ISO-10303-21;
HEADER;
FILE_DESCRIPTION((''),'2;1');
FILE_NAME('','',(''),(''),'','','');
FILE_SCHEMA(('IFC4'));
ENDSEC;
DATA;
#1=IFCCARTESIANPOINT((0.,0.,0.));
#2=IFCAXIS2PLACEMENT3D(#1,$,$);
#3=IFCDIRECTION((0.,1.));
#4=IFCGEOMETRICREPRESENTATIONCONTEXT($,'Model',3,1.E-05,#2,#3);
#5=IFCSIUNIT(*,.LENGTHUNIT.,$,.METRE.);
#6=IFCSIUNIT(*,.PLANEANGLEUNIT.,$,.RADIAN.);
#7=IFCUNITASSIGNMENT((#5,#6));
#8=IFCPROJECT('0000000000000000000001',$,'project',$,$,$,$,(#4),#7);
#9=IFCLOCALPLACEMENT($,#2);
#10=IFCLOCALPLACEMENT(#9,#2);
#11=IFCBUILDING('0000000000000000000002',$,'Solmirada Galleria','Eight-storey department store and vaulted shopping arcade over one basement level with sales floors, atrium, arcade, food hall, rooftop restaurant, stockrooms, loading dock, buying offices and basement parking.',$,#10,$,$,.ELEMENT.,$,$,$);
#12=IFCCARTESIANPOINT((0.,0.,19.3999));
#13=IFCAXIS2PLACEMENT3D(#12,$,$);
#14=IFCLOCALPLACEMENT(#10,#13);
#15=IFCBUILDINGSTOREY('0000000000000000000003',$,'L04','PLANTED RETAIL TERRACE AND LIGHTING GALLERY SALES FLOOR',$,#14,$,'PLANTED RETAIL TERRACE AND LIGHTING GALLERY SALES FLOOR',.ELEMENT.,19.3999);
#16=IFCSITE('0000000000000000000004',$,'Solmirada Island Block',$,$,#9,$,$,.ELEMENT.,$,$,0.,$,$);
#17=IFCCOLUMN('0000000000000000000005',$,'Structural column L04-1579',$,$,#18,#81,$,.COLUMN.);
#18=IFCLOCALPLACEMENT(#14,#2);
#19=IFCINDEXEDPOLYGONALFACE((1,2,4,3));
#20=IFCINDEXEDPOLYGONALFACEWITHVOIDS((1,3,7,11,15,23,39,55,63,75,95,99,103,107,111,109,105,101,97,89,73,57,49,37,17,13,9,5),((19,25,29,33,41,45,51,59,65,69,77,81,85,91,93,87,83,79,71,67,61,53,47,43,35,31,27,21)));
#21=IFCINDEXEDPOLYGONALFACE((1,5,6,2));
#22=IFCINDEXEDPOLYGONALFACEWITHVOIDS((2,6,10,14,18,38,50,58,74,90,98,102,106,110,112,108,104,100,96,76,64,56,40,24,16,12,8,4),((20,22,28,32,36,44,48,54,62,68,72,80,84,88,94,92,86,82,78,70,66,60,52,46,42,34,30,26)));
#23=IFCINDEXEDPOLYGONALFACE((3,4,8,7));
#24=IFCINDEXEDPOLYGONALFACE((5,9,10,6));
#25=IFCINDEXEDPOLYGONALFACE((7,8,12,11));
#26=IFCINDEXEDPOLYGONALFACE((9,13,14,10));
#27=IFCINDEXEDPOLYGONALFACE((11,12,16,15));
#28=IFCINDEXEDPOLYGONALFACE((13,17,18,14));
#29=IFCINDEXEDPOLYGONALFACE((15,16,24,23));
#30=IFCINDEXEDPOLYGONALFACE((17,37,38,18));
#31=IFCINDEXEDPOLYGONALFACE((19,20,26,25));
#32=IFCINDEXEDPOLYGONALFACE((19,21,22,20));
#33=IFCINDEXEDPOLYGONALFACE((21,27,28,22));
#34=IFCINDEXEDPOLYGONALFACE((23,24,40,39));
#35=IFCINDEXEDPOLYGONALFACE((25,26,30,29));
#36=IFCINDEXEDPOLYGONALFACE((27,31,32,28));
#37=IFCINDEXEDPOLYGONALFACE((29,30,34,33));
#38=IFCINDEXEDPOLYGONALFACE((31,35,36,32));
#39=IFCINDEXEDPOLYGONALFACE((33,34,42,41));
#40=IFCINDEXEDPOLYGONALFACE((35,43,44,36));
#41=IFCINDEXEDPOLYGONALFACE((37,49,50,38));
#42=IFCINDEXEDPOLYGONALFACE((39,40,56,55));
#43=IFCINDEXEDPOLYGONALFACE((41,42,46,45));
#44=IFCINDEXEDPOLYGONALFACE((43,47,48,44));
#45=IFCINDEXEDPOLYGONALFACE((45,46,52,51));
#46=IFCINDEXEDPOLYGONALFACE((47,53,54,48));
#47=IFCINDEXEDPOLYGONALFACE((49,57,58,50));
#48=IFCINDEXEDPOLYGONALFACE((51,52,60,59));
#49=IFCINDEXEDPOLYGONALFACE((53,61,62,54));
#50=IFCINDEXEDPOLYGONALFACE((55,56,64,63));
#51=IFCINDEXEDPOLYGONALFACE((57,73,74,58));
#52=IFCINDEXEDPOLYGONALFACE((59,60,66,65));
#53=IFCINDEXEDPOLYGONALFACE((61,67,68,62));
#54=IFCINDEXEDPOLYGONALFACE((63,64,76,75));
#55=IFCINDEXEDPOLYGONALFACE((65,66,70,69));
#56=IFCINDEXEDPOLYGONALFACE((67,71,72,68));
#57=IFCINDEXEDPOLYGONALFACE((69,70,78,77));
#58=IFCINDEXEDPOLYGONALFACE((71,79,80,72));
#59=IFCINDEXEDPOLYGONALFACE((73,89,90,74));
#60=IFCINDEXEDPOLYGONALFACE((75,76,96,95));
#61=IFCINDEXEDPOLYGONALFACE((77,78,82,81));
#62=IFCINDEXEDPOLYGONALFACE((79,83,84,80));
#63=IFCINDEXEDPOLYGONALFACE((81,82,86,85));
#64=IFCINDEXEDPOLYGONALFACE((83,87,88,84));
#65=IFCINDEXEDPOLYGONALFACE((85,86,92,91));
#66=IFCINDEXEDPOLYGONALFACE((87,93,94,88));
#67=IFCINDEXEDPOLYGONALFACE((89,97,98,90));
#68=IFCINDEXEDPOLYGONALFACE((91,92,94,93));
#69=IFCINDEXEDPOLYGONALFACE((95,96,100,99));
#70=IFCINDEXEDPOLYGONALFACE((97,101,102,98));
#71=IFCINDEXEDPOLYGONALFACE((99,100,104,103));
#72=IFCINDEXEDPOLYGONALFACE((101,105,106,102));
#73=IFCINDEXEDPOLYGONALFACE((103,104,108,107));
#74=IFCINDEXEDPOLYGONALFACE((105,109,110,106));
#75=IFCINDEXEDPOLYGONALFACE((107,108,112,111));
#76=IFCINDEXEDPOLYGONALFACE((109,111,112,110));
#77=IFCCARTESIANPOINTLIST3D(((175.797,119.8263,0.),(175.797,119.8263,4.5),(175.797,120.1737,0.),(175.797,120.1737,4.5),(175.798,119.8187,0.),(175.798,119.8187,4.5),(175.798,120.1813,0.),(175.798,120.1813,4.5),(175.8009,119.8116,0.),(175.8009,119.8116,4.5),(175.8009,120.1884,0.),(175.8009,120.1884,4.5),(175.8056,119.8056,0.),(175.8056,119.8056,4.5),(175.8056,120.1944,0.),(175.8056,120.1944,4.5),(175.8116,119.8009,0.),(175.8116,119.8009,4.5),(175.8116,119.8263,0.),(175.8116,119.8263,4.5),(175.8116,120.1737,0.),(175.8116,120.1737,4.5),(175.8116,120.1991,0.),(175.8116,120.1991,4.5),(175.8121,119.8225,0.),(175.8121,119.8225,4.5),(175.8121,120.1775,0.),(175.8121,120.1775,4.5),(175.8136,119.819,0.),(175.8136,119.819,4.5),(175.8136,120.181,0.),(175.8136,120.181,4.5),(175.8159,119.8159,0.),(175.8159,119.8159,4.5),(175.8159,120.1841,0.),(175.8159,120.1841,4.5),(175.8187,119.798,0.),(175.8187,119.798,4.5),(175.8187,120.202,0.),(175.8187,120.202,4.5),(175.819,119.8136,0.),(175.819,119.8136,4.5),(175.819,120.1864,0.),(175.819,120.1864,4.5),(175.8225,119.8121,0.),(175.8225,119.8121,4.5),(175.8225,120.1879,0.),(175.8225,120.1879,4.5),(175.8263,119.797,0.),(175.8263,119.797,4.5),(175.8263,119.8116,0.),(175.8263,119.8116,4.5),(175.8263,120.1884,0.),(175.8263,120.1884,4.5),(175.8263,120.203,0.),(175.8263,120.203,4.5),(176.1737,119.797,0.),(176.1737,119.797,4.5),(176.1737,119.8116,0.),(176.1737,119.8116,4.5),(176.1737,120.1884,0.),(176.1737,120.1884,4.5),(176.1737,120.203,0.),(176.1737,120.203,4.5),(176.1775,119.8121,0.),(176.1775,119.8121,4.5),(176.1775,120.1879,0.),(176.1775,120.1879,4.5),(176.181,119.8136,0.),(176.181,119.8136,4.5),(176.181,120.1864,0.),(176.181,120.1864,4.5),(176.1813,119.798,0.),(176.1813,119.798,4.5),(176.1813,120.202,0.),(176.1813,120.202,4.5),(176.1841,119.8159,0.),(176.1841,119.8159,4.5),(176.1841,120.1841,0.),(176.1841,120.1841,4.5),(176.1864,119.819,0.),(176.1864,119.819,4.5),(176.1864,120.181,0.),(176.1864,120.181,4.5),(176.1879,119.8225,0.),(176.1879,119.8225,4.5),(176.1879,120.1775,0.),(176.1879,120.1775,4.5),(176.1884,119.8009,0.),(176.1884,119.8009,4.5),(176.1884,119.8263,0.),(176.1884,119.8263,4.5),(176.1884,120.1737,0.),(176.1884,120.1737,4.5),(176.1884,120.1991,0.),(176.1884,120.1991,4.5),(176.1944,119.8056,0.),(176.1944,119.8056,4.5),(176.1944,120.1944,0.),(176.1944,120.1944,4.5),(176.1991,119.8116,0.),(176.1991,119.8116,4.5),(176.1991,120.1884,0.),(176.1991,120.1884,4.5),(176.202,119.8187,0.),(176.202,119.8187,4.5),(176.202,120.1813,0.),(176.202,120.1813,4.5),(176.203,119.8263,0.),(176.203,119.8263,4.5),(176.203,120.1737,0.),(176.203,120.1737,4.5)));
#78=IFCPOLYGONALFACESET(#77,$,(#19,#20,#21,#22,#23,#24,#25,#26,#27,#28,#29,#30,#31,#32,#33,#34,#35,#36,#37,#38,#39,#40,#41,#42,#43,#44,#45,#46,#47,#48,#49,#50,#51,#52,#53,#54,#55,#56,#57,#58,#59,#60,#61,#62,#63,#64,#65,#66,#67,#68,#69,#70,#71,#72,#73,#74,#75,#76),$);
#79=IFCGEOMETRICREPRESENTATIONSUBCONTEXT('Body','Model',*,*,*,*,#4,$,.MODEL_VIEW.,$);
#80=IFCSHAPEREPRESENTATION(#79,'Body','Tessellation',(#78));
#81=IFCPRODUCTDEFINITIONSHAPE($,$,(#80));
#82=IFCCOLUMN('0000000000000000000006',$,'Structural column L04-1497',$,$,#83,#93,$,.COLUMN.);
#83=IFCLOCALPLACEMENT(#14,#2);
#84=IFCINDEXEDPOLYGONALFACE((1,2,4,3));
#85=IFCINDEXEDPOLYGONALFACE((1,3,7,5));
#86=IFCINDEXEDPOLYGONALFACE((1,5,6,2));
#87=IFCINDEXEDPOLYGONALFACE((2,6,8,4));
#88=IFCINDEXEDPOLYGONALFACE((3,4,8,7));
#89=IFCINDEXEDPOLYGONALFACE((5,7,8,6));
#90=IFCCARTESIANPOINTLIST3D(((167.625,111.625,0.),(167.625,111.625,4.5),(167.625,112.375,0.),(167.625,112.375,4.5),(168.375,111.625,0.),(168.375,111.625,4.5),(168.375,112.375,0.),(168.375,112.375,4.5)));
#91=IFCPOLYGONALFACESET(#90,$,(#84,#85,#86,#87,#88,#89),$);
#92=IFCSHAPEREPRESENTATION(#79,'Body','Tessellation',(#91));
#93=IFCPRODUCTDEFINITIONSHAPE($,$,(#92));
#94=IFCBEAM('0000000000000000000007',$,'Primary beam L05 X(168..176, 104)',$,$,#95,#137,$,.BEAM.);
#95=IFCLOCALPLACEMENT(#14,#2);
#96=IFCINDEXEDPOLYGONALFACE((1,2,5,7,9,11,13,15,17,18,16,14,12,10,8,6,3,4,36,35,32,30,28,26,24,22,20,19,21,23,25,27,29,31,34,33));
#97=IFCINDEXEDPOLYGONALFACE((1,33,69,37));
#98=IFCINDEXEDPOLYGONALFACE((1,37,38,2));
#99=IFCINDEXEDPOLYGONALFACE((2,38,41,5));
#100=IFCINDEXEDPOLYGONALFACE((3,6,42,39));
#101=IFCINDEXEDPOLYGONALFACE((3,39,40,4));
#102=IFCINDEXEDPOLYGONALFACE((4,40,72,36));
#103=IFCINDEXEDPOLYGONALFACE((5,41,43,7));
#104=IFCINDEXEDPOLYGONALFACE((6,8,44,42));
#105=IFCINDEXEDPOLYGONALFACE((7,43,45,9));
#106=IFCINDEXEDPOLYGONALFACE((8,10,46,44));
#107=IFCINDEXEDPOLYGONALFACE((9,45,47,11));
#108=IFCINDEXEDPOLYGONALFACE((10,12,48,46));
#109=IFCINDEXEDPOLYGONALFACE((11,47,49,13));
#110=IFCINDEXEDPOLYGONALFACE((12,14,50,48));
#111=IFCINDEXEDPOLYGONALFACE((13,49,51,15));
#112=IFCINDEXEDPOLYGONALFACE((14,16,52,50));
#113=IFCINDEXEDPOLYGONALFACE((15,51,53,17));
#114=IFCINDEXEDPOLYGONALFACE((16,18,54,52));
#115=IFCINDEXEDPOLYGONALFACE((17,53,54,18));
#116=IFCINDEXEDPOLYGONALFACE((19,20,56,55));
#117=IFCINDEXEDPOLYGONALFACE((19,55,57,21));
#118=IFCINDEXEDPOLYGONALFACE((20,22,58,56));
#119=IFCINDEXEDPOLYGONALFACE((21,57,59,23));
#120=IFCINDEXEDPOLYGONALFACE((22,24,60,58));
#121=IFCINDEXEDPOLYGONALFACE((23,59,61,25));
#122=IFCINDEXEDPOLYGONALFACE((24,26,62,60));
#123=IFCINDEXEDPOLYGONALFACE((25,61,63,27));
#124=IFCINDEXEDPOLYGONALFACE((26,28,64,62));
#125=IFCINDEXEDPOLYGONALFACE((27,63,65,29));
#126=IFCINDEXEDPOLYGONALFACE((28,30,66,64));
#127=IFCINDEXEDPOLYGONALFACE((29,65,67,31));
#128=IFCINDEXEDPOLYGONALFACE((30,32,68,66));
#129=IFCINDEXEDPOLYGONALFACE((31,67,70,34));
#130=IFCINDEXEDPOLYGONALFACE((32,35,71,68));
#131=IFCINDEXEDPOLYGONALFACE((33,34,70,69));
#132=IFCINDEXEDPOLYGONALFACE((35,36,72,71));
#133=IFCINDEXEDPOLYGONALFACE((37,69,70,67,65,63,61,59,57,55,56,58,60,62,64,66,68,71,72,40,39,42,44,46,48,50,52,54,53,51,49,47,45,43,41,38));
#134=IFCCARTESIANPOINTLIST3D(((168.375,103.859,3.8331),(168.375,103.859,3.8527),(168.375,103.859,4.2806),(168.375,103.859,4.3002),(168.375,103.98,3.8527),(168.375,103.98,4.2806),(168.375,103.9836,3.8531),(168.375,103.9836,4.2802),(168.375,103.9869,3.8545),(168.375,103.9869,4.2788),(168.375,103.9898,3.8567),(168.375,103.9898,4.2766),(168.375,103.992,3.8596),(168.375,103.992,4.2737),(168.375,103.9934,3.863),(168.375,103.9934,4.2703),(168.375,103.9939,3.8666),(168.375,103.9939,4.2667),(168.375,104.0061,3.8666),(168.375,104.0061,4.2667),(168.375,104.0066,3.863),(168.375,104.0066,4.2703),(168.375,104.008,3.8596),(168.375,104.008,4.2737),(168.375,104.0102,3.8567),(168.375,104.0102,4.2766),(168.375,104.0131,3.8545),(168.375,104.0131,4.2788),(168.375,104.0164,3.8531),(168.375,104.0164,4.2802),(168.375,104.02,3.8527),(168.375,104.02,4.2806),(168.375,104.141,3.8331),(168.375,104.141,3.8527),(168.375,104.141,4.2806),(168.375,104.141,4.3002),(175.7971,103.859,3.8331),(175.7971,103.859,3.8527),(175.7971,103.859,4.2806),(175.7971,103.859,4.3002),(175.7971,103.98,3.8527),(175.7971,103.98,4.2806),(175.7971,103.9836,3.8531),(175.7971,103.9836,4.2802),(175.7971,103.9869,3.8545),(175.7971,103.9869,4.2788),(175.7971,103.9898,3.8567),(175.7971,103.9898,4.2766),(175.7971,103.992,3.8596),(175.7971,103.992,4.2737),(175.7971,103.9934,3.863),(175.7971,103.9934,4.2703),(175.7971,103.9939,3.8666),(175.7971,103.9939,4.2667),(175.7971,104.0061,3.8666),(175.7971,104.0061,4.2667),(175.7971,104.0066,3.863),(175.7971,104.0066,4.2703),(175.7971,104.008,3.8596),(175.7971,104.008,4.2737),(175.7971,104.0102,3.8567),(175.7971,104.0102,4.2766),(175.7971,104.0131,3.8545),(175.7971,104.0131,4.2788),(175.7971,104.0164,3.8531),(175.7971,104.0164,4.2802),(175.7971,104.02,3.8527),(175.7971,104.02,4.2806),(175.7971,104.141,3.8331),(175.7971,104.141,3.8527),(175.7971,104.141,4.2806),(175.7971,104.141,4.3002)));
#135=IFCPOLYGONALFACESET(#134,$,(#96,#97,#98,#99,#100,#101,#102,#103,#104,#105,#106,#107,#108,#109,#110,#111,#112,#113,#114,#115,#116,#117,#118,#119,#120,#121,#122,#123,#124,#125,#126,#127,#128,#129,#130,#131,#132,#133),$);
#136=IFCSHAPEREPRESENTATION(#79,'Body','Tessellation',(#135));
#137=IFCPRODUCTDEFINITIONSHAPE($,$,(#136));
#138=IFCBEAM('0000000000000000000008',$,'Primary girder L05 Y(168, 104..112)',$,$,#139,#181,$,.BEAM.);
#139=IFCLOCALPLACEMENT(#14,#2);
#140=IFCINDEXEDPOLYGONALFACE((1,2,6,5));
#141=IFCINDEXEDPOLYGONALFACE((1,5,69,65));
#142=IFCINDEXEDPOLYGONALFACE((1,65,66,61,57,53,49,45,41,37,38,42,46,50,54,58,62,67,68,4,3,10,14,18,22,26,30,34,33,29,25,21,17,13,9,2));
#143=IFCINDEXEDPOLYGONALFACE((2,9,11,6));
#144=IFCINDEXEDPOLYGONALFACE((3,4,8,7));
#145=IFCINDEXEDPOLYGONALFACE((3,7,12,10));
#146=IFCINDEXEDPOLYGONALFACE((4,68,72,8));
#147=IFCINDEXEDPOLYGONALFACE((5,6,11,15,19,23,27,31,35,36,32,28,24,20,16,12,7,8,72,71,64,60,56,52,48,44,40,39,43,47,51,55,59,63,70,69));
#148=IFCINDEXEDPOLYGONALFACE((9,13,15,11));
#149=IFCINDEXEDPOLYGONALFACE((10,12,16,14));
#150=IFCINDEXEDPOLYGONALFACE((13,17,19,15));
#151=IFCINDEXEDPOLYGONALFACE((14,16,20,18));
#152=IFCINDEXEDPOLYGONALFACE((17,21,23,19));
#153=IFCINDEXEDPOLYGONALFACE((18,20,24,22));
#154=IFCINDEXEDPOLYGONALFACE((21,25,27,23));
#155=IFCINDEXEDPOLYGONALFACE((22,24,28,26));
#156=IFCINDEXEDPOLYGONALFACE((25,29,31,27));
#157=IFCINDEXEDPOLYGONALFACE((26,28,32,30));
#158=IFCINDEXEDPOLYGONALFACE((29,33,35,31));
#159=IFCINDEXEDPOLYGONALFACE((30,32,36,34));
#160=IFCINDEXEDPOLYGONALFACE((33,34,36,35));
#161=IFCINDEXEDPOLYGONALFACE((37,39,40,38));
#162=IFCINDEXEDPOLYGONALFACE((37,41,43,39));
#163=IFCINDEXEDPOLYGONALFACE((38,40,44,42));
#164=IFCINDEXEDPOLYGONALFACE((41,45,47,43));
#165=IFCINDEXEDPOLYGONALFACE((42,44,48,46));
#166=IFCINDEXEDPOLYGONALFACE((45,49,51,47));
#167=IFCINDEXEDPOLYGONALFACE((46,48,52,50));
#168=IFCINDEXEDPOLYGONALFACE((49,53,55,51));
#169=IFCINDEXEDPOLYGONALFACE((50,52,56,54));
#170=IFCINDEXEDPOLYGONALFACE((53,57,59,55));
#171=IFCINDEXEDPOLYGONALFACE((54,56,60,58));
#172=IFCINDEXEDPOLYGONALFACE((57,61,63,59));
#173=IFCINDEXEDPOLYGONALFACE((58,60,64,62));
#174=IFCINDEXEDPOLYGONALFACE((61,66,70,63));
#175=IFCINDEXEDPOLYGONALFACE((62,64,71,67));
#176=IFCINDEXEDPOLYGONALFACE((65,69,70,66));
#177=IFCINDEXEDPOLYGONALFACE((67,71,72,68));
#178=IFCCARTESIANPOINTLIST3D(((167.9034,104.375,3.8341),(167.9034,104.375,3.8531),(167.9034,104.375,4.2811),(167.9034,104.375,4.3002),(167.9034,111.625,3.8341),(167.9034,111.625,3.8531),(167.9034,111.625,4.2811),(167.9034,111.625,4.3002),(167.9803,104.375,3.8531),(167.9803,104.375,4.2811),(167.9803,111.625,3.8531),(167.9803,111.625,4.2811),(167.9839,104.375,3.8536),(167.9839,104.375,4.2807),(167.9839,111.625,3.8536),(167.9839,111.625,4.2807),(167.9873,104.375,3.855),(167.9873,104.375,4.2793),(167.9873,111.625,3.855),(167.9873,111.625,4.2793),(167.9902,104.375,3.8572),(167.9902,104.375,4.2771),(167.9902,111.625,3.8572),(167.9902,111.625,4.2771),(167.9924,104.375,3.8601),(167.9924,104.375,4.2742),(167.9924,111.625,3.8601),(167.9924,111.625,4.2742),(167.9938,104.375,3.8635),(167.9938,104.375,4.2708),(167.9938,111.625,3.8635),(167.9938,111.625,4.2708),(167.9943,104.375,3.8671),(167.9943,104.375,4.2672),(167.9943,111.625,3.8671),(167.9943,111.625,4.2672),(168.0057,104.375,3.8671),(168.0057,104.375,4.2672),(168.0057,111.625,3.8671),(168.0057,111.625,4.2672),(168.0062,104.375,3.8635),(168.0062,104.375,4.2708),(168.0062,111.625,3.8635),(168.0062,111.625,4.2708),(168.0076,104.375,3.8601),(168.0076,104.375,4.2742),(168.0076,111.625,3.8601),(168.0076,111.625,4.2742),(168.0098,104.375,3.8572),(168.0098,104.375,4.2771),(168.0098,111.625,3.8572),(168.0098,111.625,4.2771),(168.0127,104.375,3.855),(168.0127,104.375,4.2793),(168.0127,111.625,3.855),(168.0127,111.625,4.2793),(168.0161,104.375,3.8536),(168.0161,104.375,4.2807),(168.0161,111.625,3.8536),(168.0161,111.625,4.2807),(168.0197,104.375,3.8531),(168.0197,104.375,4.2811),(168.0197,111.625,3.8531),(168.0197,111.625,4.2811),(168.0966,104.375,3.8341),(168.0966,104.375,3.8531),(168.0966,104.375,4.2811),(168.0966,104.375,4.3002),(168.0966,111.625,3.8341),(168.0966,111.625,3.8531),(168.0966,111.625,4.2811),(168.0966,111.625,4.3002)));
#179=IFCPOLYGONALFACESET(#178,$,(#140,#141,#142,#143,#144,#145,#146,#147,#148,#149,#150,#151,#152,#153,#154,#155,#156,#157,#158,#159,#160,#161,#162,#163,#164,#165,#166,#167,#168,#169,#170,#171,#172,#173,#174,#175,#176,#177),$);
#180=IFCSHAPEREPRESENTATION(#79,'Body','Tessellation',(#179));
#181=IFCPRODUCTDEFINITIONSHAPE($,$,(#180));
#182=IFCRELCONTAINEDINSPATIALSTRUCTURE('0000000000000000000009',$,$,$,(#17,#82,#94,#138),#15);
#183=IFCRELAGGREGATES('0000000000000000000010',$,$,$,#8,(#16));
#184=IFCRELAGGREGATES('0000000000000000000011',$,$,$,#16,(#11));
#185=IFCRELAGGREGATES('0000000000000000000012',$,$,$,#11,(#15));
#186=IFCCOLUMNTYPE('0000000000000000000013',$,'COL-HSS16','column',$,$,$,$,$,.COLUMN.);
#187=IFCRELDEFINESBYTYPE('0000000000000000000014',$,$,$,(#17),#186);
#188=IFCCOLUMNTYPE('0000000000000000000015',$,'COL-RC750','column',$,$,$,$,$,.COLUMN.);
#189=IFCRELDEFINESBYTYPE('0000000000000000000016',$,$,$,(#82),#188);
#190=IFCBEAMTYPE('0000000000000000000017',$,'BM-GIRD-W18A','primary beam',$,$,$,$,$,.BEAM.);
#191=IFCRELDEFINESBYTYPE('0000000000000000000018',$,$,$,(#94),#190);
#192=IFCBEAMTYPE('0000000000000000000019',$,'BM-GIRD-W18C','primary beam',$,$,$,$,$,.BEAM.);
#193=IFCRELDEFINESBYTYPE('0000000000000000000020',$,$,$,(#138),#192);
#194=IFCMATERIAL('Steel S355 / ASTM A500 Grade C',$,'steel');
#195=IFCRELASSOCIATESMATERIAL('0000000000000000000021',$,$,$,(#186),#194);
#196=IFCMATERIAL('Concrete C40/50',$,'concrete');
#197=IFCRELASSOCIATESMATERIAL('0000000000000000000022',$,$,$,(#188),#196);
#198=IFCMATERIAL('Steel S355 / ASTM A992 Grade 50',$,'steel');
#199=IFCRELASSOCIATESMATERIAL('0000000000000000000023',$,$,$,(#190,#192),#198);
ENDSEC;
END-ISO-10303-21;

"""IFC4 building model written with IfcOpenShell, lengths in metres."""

from ifc_helpers import new_model, si_unit, direction, frame, origin, origin_2d, place, context, subcontext, project, spatial, rectangle, hollow_rectangle, i_section, extrude, material, material_profile, profile_set, type_object, element, save


model = new_model("IFC4")

# Units and contexts
model_context = context("Model", 3, precision=1e-05, world=origin(), true_north=direction((0.0, 1.0)))
body_context = subcontext(model_context, "Body", "Model", "MODEL_VIEW")
ifc_project = project(units=[si_unit("LENGTHUNIT", "METRE"), si_unit("PLANEANGLEUNIT", "RADIAN")], contexts=[model_context])

# Site, building, storey
site_placement = place(None, origin())
site = spatial("IfcSite", under=ifc_project, at=site_placement, Name="Solmirada Island Block", CompositionType="ELEMENT", RefElevation=0.0)
building_placement = place(site_placement, origin())
building = spatial("IfcBuilding", under=site, at=building_placement, Name="Solmirada Galleria", Description="Eight-storey department store and vaulted shopping arcade over one basement level with sales floors, atrium, arcade, food hall, rooftop restaurant, stockrooms, loading dock, buying offices and basement parking.", CompositionType="ELEMENT")
storey_placement = place(building_placement, frame((0.0, 0.0, 19.3999)))
storey = spatial("IfcBuildingStorey", under=building, at=storey_placement, Name="L04", Description="PLANTED RETAIL TERRACE AND LIGHTING GALLERY SALES FLOOR", LongName="PLANTED RETAIL TERRACE AND LIGHTING GALLERY SALES FLOOR", CompositionType="ELEMENT", Elevation=19.3999)

# Columns
ifc_material_1 = material(Name="Steel S355 / ASTM A500 Grade C", Category="steel")
ifc_material_profile_1 = material_profile(ifc_material_1, hollow_rectangle(XDim=0.406, YDim=0.406, WallThickness=0.0146, InnerFilletRadius=0.0146, OuterFilletRadius=0.0293, at=origin_2d()), Name="HSS16X16X5/8")
ifc_profile_set_1 = profile_set([ifc_material_profile_1], Name="Steel S355 / ASTM A500 Grade C")
column_type_1 = type_object("IfcColumnType", Name="COL-HSS16", Description="column", PredefinedType="COLUMN", material=ifc_profile_set_1)
for number, where, z_axis, x_axis, name in (
    (1, (176.0, 120.0, 0.0), (0.0, 0.0, 1.0), (1.0, 0.0, 0.0), "Structural column L04-1579"),
):
    element("IfcColumn", number, at=place(storey_placement, frame(where, z_axis=z_axis, x_axis=x_axis)), inside=storey, type_object=column_type_1, Name=name, PredefinedType="COLUMN", context=body_context, shape_type="SweptSolid", body=[
        extrude(hollow_rectangle(XDim=0.406, YDim=0.406, WallThickness=0.0146, InnerFilletRadius=0.0146, OuterFilletRadius=0.0293, at=origin_2d()), origin(), (0.0, 0.0, 1.0), 4.5),
    ])
ifc_material_2 = material(Name="Concrete C40/50", Category="concrete")
ifc_material_profile_2 = material_profile(ifc_material_2, rectangle(XDim=0.75, YDim=0.75, at=origin_2d()), Name="RC750X750")
ifc_profile_set_2 = profile_set([ifc_material_profile_2], Name="Concrete C40/50")
column_type_2 = type_object("IfcColumnType", Name="COL-RC750", Description="column", PredefinedType="COLUMN", material=ifc_profile_set_2)
column_placement = place(storey_placement, frame((168.0, 112.0, 0.0), z_axis=(0.0, 0.0, 1.0), x_axis=(1.0, 0.0, 0.0)))
element("IfcColumn", 2, at=column_placement, inside=storey, type_object=column_type_2, Name="Structural column L04-1497", PredefinedType="COLUMN", context=body_context, shape_type="SweptSolid", body=[
    extrude(rectangle(XDim=0.75, YDim=0.75, at=origin_2d()), origin(), (0.0, 0.0, 1.0), 4.5),
])

# Beams
ifc_material_3 = material(Name="Steel S355 / ASTM A992 Grade 50", Category="steel")
ifc_material_profile_3 = material_profile(ifc_material_3, i_section(OverallWidth=0.282, OverallDepth=0.467, WebThickness=0.0122, FlangeThickness=0.0195, FilletRadius=0.0139, at=origin_2d()), Name="W18X86")
ifc_profile_set_3 = profile_set([ifc_material_profile_3], Name="Steel S355 / ASTM A992 Grade 50")
beam_type_1 = type_object("IfcBeamType", Name="BM-GIRD-W18A", Description="primary beam", PredefinedType="BEAM", material=ifc_profile_set_3)
beam_1_placement = place(storey_placement, frame((168.375, 104.0, 4.0667), z_axis=(1.0, 0.0, 0.0), x_axis=(0.0, 1.0, 0.0)))
element("IfcBeam", 3, at=beam_1_placement, inside=storey, type_object=beam_type_1, Name="Primary beam L05 X(168..176, 104)", PredefinedType="BEAM", context=body_context, shape_type="SweptSolid", body=[
    extrude(i_section(OverallWidth=0.282, OverallDepth=0.467, WebThickness=0.0122, FlangeThickness=0.0195, FilletRadius=0.0139, at=origin_2d()), origin(), (0.0, 0.0, 1.0), 7.4221),
])
ifc_material_profile_4 = material_profile(ifc_material_3, i_section(OverallWidth=0.1931, OverallDepth=0.4661, WebThickness=0.0115, FlangeThickness=0.019, FilletRadius=0.0139, at=origin_2d()), Name="W18X65")
ifc_profile_set_4 = profile_set([ifc_material_profile_4], Name="Steel S355 / ASTM A992 Grade 50")
beam_type_2 = type_object("IfcBeamType", Name="BM-GIRD-W18C", Description="primary beam", PredefinedType="BEAM", material=ifc_profile_set_4)
beam_2_placement = place(storey_placement, frame((168.0, 104.375, 4.0671), z_axis=(0.0, 1.0, 0.0), x_axis=(-1.0, 0.0, 0.0)))
element("IfcBeam", 4, at=beam_2_placement, inside=storey, type_object=beam_type_2, Name="Primary girder L05 Y(168, 104..112)", PredefinedType="BEAM", context=body_context, shape_type="SweptSolid", body=[
    extrude(i_section(OverallWidth=0.1931, OverallDepth=0.4661, WebThickness=0.0115, FlangeThickness=0.019, FilletRadius=0.0139, at=origin_2d()), origin(), (0.0, 0.0, 1.0), 7.25),
])

save(model, "model.ifc")
